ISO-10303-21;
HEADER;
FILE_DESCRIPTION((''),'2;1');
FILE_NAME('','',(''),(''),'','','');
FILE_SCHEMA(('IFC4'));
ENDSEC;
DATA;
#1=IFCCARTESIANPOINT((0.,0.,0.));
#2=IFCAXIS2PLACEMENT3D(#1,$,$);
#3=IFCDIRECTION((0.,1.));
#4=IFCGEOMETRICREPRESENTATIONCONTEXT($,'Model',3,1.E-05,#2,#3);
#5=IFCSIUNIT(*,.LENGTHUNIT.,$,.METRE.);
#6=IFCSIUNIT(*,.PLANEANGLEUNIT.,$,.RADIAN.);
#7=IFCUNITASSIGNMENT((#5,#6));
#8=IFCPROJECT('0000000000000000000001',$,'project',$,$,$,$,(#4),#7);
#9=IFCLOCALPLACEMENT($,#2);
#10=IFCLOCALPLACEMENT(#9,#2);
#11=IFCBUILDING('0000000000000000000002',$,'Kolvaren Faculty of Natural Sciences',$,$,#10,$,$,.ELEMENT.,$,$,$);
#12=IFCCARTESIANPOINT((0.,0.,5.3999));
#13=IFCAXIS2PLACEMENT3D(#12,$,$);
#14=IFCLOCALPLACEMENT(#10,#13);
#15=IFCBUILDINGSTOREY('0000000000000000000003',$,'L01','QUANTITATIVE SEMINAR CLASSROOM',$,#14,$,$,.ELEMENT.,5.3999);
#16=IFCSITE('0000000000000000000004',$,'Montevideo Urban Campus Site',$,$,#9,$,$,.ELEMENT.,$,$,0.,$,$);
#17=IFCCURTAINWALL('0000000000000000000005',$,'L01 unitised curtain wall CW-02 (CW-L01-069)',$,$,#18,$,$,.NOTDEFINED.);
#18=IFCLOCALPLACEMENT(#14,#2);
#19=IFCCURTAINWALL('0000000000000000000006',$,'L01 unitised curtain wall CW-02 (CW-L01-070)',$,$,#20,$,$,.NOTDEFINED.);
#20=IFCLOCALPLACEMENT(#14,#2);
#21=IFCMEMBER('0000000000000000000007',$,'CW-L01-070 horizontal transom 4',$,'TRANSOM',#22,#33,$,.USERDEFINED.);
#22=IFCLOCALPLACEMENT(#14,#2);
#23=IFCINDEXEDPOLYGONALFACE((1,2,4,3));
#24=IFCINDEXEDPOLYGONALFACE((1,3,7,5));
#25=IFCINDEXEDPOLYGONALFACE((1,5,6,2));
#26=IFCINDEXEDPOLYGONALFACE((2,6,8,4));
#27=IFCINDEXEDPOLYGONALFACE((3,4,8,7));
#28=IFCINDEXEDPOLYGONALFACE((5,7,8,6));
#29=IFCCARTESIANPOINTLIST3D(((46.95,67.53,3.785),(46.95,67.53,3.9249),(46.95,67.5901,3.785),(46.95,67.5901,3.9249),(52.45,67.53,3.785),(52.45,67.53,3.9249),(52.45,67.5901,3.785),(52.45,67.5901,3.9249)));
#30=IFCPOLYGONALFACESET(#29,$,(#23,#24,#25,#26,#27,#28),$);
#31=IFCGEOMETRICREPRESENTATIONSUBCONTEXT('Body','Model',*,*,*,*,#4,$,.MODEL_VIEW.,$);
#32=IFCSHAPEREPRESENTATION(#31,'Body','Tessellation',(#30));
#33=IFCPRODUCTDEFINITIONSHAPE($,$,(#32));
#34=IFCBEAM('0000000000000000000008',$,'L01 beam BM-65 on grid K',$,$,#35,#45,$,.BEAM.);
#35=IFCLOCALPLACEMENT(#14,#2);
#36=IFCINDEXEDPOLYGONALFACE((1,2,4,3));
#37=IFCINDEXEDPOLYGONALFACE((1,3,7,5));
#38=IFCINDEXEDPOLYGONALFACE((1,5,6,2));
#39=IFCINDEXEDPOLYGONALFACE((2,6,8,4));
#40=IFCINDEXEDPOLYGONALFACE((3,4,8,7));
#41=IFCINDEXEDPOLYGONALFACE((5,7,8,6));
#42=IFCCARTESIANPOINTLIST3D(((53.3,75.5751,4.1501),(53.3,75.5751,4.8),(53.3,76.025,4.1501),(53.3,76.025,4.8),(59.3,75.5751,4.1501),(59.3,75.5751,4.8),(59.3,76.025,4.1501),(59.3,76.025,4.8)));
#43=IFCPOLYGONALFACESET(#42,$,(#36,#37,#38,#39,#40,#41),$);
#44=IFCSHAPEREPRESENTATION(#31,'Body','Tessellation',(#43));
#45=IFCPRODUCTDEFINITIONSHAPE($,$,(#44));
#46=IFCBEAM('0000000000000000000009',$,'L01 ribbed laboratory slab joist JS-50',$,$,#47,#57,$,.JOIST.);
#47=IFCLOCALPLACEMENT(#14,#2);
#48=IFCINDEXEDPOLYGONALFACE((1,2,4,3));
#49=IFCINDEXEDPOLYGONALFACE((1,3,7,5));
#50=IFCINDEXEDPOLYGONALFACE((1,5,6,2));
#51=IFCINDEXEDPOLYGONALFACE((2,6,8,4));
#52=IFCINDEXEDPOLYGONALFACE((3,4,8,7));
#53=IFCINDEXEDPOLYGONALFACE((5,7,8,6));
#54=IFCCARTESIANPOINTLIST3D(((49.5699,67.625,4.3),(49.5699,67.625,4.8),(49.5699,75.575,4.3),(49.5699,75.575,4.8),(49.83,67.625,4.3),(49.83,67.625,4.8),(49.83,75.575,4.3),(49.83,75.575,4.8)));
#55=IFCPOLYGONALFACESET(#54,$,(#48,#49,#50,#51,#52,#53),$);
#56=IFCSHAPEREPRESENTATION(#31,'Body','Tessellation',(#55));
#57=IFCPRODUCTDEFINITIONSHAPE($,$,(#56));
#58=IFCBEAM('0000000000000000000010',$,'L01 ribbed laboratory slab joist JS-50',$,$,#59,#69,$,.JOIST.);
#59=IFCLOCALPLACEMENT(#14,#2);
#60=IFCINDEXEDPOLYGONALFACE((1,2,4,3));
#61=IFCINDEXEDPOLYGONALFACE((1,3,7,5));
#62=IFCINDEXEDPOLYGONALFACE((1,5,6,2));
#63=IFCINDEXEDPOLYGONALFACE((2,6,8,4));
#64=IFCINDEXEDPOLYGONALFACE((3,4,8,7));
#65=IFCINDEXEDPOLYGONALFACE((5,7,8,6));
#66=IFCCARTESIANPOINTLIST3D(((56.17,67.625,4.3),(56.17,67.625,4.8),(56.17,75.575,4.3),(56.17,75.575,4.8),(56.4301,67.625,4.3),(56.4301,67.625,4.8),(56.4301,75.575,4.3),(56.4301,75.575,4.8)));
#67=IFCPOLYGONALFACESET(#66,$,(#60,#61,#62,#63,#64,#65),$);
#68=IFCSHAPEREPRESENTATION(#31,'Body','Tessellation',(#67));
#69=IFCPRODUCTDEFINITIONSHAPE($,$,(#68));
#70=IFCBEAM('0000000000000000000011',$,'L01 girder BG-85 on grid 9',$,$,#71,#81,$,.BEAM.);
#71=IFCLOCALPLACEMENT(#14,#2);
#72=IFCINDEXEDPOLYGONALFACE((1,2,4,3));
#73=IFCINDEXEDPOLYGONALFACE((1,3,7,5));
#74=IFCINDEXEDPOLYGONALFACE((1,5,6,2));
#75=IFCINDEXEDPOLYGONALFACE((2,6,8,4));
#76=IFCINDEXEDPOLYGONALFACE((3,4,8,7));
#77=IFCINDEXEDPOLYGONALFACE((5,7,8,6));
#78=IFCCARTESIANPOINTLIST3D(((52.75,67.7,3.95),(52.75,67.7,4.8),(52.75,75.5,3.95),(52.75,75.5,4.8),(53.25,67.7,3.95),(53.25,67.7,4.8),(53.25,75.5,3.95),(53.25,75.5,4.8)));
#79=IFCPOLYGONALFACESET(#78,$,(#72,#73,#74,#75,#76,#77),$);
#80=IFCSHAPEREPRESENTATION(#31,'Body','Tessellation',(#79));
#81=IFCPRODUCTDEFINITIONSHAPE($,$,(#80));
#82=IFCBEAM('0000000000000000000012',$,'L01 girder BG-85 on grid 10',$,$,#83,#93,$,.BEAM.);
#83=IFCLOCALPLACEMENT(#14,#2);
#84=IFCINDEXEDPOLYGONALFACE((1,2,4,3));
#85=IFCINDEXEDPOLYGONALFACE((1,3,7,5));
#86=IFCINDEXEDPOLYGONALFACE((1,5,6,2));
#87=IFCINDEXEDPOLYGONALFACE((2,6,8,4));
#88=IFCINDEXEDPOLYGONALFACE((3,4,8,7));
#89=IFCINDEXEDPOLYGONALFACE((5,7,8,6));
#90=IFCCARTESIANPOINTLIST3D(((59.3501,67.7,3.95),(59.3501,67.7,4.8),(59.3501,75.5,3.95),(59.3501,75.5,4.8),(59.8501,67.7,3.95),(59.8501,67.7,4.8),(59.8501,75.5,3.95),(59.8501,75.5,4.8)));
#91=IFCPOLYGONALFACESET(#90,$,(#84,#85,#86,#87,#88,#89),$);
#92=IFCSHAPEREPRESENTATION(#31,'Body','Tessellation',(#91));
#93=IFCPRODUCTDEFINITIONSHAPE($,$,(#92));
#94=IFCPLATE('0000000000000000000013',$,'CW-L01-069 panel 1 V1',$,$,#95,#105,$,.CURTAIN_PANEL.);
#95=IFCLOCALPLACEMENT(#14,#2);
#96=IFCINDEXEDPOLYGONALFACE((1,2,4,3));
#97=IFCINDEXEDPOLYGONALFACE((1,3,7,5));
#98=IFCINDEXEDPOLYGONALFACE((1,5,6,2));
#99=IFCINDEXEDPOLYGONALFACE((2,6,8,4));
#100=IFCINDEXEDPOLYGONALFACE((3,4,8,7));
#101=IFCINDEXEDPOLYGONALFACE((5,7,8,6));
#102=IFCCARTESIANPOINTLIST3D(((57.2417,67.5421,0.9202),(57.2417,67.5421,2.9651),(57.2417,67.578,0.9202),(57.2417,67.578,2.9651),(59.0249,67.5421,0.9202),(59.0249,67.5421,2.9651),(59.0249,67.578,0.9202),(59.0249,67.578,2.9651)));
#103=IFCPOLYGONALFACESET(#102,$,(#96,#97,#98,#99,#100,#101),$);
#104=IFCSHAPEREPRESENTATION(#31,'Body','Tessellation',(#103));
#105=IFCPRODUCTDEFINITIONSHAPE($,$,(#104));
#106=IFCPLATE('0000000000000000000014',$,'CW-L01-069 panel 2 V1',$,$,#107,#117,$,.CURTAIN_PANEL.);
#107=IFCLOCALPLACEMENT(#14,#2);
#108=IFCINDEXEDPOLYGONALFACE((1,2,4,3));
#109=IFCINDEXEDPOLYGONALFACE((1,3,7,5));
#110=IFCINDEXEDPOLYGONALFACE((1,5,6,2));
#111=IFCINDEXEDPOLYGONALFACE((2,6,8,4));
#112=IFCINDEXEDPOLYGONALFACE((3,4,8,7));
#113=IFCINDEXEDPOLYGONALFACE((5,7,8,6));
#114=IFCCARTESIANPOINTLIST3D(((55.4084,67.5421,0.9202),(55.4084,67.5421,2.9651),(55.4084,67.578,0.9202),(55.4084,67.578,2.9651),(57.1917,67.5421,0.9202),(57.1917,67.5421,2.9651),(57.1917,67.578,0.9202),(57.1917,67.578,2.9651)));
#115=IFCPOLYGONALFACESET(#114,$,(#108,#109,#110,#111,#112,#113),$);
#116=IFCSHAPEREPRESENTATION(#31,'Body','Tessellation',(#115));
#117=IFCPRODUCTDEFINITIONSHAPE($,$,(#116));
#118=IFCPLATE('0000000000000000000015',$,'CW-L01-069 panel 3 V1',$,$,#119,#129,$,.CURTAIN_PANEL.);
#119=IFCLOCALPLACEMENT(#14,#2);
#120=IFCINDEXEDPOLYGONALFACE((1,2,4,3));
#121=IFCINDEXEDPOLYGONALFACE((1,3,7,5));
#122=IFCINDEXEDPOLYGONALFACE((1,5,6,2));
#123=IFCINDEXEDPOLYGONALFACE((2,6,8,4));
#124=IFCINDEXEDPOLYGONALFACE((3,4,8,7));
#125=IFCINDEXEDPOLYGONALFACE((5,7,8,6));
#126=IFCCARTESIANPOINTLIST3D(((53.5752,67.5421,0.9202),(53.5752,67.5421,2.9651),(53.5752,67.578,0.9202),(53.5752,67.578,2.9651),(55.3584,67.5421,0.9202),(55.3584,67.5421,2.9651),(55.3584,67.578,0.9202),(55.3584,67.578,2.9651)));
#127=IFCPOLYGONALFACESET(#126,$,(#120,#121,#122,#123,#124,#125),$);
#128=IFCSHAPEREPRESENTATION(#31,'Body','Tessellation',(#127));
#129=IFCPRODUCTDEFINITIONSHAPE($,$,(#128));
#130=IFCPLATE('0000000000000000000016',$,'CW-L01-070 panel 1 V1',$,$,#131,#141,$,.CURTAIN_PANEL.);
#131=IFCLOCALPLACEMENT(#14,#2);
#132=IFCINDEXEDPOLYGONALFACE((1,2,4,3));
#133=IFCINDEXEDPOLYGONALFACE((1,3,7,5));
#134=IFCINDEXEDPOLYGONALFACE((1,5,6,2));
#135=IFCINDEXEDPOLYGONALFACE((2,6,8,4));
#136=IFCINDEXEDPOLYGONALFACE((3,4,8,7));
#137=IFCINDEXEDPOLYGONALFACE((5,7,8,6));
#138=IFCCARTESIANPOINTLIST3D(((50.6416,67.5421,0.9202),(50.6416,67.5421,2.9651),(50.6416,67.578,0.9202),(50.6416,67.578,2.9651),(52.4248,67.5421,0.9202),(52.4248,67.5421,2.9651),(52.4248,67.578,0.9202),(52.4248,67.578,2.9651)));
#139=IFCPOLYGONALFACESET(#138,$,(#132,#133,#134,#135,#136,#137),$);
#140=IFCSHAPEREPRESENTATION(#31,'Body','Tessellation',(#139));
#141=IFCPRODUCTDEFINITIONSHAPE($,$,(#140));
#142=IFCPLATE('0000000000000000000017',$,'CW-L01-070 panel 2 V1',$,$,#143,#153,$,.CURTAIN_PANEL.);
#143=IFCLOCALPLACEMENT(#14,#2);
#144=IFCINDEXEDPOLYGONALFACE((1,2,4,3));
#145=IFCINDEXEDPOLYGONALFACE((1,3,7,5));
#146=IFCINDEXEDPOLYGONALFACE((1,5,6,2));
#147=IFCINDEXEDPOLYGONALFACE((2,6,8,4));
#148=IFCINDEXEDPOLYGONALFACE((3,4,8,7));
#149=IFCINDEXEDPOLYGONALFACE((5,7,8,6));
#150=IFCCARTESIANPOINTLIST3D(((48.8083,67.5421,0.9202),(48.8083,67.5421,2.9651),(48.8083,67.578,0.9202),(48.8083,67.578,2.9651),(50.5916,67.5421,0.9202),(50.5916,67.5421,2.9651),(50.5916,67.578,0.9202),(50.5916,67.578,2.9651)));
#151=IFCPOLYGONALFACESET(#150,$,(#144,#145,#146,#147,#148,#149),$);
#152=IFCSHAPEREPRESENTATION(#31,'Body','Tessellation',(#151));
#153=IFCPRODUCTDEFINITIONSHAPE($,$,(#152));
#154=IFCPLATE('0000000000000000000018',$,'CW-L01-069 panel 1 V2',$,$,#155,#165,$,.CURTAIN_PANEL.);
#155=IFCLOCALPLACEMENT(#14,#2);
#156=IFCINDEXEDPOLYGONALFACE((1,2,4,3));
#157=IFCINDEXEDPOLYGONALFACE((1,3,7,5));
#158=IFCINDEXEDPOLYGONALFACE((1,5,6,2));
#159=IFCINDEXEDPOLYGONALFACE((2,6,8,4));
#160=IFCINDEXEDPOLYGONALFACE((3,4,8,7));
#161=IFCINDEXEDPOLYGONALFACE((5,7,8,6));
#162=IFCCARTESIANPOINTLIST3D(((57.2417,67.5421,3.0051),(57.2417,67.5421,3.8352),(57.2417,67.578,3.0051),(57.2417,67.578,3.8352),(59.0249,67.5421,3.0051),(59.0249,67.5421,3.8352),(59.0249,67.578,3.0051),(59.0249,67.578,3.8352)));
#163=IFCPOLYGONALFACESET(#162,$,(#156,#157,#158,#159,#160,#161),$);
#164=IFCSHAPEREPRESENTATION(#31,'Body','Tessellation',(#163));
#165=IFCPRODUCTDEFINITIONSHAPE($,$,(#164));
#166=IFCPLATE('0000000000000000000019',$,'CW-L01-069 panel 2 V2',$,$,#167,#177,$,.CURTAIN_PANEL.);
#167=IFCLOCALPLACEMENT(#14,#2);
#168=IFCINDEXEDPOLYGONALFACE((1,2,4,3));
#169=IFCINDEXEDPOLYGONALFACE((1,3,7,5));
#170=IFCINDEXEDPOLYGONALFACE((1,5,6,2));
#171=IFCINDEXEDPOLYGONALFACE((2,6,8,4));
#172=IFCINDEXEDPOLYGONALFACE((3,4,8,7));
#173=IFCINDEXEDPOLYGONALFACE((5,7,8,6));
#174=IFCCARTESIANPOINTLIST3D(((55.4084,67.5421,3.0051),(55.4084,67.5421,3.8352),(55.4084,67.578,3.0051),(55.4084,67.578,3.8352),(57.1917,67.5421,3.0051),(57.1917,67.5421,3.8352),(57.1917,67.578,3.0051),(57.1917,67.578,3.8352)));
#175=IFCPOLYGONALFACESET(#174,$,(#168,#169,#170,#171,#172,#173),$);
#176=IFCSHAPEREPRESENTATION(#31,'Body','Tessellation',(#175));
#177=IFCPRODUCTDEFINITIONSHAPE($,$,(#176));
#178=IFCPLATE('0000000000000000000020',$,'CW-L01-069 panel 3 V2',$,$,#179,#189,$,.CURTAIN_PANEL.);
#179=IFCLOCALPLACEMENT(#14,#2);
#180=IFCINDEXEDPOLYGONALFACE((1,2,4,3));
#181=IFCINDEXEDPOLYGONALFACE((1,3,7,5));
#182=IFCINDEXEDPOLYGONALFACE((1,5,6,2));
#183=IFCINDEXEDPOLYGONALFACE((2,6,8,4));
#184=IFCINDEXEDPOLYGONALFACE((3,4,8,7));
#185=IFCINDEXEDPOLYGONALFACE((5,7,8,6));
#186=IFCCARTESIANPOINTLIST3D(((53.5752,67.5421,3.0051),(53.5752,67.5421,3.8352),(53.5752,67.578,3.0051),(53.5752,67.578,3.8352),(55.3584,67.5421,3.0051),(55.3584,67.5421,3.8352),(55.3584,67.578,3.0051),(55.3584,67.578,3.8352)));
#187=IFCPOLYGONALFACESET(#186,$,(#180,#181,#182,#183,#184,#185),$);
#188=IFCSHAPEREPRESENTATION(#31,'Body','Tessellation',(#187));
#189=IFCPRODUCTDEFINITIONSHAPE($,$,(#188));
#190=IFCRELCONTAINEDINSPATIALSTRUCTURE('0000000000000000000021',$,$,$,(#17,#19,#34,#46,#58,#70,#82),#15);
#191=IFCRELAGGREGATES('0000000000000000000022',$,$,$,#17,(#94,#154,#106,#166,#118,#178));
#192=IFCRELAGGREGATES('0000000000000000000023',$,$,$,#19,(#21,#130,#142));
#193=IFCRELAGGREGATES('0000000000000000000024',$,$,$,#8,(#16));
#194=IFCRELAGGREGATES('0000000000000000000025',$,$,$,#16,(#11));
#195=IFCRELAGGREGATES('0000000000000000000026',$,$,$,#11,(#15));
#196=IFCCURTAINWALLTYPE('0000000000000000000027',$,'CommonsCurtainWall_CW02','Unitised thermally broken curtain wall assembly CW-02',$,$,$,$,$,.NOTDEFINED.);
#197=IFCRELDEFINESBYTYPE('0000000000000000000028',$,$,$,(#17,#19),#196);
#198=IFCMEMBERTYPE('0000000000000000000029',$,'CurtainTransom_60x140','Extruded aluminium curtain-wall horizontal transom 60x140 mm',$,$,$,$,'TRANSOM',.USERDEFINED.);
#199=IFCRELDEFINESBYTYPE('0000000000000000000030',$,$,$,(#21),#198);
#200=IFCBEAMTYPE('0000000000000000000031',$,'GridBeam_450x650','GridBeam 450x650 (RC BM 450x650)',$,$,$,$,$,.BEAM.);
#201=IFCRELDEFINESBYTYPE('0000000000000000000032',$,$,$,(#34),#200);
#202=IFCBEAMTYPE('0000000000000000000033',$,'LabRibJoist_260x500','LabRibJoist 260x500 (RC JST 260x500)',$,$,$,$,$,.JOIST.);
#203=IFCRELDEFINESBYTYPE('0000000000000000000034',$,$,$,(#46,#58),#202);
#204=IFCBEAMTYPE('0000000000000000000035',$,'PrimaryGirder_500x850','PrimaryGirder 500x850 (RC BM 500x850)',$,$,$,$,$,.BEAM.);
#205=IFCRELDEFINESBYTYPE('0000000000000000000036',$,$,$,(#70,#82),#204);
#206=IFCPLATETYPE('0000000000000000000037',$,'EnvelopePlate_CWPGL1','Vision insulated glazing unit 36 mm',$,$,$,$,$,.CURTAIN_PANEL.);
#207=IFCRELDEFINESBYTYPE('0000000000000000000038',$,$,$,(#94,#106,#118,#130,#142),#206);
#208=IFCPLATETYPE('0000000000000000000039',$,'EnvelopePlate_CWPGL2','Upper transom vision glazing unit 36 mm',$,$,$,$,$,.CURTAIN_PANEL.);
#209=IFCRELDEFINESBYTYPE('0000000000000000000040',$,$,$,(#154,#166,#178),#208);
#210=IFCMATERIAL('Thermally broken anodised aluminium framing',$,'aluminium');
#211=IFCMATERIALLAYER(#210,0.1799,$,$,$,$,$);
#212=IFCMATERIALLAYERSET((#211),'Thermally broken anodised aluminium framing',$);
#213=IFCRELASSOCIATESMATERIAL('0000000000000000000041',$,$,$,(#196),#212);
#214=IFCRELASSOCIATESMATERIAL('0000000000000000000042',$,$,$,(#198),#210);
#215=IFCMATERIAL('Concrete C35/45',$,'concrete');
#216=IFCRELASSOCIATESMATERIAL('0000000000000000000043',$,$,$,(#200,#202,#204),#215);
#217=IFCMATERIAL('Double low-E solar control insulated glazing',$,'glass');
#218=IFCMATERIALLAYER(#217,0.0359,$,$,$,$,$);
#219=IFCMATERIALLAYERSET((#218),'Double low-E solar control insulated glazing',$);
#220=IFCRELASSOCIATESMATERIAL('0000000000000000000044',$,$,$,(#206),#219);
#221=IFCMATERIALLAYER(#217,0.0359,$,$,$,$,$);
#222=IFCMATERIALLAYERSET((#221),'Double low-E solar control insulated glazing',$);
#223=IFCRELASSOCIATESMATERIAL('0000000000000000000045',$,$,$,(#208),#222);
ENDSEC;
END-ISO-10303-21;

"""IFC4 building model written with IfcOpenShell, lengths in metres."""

from ifc_helpers import new_model, si_unit, direction, frame, origin, origin_2d, place, context, subcontext, project, spatial, rectangle, extrude, material, layer, layer_set, material_profile, profile_set, type_object, element, aggregate, save


model = new_model("IFC4")

# Units and contexts
model_context = context("Model", 3, precision=1e-05, world=origin(), true_north=direction((0.0, 1.0)))
body_context = subcontext(model_context, "Body", "Model", "MODEL_VIEW")
ifc_project = project(units=[si_unit("LENGTHUNIT", "METRE"), si_unit("PLANEANGLEUNIT", "RADIAN")], contexts=[model_context])

# Site, building, storey
site_placement = place(None, origin())
site = spatial("IfcSite", under=ifc_project, at=site_placement, Name="Montevideo Urban Campus Site", CompositionType="ELEMENT", RefElevation=0.0)
building_placement = place(site_placement, origin())
building = spatial("IfcBuilding", under=site, at=building_placement, Name="Kolvaren Faculty of Natural Sciences", CompositionType="ELEMENT")
storey_placement = place(building_placement, frame((0.0, 0.0, 5.3999)))
storey = spatial("IfcBuildingStorey", under=building, at=storey_placement, Name="L01", Description="QUANTITATIVE SEMINAR CLASSROOM", CompositionType="ELEMENT", Elevation=5.3999)

# Shared definitions
ifc_material_1 = material(Name="Concrete C35/45", Category="concrete")

# Curtain walls
ifc_material_2 = material(Name="Thermally broken anodised aluminium framing", Category="aluminium")
ifc_layer_1 = layer(ifc_material_2, 0.1799)
ifc_layer_set_1 = layer_set([ifc_layer_1], Name="Thermally broken anodised aluminium framing")
curtain_wall_type = type_object("IfcCurtainWallType", Name="CommonsCurtainWall_CW02", Description="Unitised thermally broken curtain wall assembly CW-02", PredefinedType="NOTDEFINED", material=ifc_layer_set_1)
curtain_wall_1_placement = place(storey_placement, origin())
curtain_wall_1 = element("IfcCurtainWall", 1, at=curtain_wall_1_placement, inside=storey, type_object=curtain_wall_type, Name="L01 unitised curtain wall CW-02 (CW-L01-069)", PredefinedType="NOTDEFINED")
curtain_wall_2_placement = place(storey_placement, origin())
curtain_wall_2 = element("IfcCurtainWall", 2, at=curtain_wall_2_placement, inside=storey, type_object=curtain_wall_type, Name="L01 unitised curtain wall CW-02 (CW-L01-070)", PredefinedType="NOTDEFINED")

# Member
ifc_material_profile_1 = material_profile(ifc_material_2, rectangle(XDim=0.0601, YDim=0.1399, at=origin_2d()), Name="ALU TRN 60x140")
ifc_profile_set_1 = profile_set([ifc_material_profile_1], Name="Thermally broken anodised aluminium framing")
member_type_1 = type_object("IfcMemberType", Name="CurtainTransom_60x140", Description="Extruded aluminium curtain-wall horizontal transom 60x140 mm", ElementType="TRANSOM", PredefinedType="USERDEFINED", material=ifc_profile_set_1)
member_1_placement = place(storey_placement, frame((52.45, 67.5601, 3.855), z_axis=(-1.0, 0.0, 0.0), x_axis=(0.0, -1.0, 0.0)))
member_1 = element("IfcMember", 3, at=member_1_placement, type_object=member_type_1, Name="CW-L01-070 horizontal transom 4", ObjectType="TRANSOM", PredefinedType="USERDEFINED", context=body_context, shape_type="SweptSolid", body=[
    extrude(rectangle(XDim=0.0601, YDim=0.1399, at=origin_2d()), origin(), (0.0, 0.0, 1.0), 5.5),
])

# Beams
ifc_material_profile_2 = material_profile(ifc_material_1, rectangle(XDim=0.45, YDim=0.6499, at=origin_2d()), Name="RC BM 450x650")
ifc_profile_set_2 = profile_set([ifc_material_profile_2], Name="Concrete C35/45")
beam_type_1 = type_object("IfcBeamType", Name="GridBeam_450x650", Description="GridBeam 450x650 (RC BM 450x650)", PredefinedType="BEAM", material=ifc_profile_set_2)
beam_placement = place(storey_placement, frame((53.3, 75.8, 4.4751), z_axis=(1.0, 0.0, 0.0), x_axis=(0.0, 1.0, 0.0)))
element("IfcBeam", 4, at=beam_placement, inside=storey, type_object=beam_type_1, Name="L01 beam BM-65 on grid K", PredefinedType="BEAM", context=body_context, shape_type="SweptSolid", body=[
    extrude(rectangle(XDim=0.45, YDim=0.6499, at=origin_2d()), origin(), (0.0, 0.0, 1.0), 6.0),
])
ifc_material_profile_3 = material_profile(ifc_material_1, rectangle(XDim=0.26, YDim=0.5, at=origin_2d()), Name="RC JST 260x500")
ifc_profile_set_3 = profile_set([ifc_material_profile_3], Name="Concrete C35/45")
beam_type_2 = type_object("IfcBeamType", Name="LabRibJoist_260x500", Description="LabRibJoist 260x500 (RC JST 260x500)", PredefinedType="JOIST", material=ifc_profile_set_3)
for number, where, z_axis, x_axis, name in (
    (5, (49.7, 67.625, 4.55), (0.0, 1.0, 0.0), (-1.0, 0.0, 0.0), "L01 ribbed laboratory slab joist JS-50"),
    (6, (56.3, 67.625, 4.55), (0.0, 1.0, 0.0), (-1.0, 0.0, 0.0), "L01 ribbed laboratory slab joist JS-50"),
):
    element("IfcBeam", number, at=place(storey_placement, frame(where, z_axis=z_axis, x_axis=x_axis)), inside=storey, type_object=beam_type_2, Name=name, PredefinedType="JOIST", context=body_context, shape_type="SweptSolid", body=[
        extrude(rectangle(XDim=0.26, YDim=0.5, at=origin_2d()), origin(), (0.0, 0.0, 1.0), 7.95),
    ])
ifc_material_profile_4 = material_profile(ifc_material_1, rectangle(XDim=0.5, YDim=0.8501, at=origin_2d()), Name="RC BM 500x850")
ifc_profile_set_4 = profile_set([ifc_material_profile_4], Name="Concrete C35/45")
beam_type_3 = type_object("IfcBeamType", Name="PrimaryGirder_500x850", Description="PrimaryGirder 500x850 (RC BM 500x850)", PredefinedType="BEAM", material=ifc_profile_set_4)
for number, where, z_axis, x_axis, name in (
    (7, (53.0, 67.7, 4.375), (0.0, 1.0, 0.0), (-1.0, 0.0, 0.0), "L01 girder BG-85 on grid 9"),
    (8, (59.6001, 67.7, 4.375), (0.0, 1.0, 0.0), (-1.0, 0.0, 0.0), "L01 girder BG-85 on grid 10"),
):
    element("IfcBeam", number, at=place(storey_placement, frame(where, z_axis=z_axis, x_axis=x_axis)), inside=storey, type_object=beam_type_3, Name=name, PredefinedType="BEAM", context=body_context, shape_type="SweptSolid", body=[
        extrude(rectangle(XDim=0.5, YDim=0.8501, at=origin_2d()), origin(), (0.0, 0.0, 1.0), 7.8),
    ])

# Plates
ifc_material_3 = material(Name="Double low-E solar control insulated glazing", Category="glass")
ifc_layer_2 = layer(ifc_material_3, 0.0359)
ifc_layer_set_2 = layer_set([ifc_layer_2], Name="Double low-E solar control insulated glazing")
plate_type_1 = type_object("IfcPlateType", Name="EnvelopePlate_CWPGL1", Description="Vision insulated glazing unit 36 mm", PredefinedType="CURTAIN_PANEL", material=ifc_layer_set_2)
plate_1_placement = place(storey_placement, frame((58.1333, 67.5601, 0.9202), z_axis=(0.0, 0.0, 1.0), x_axis=(-1.0, 0.0, 0.0)))
plate_1 = element("IfcPlate", 9, at=plate_1_placement, type_object=plate_type_1, Name="CW-L01-069 panel 1 V1", PredefinedType="CURTAIN_PANEL", context=body_context, shape_type="SweptSolid", body=[
    extrude(rectangle(XDim=1.7832, YDim=0.0359, at=origin_2d()), origin(), (0.0, 0.0, 1.0), 2.0449),
])
plate_2_placement = place(storey_placement, frame((56.3, 67.5601, 0.9202), z_axis=(0.0, 0.0, 1.0), x_axis=(-1.0, 0.0, 0.0)))
plate_2 = element("IfcPlate", 10, at=plate_2_placement, type_object=plate_type_1, Name="CW-L01-069 panel 2 V1", PredefinedType="CURTAIN_PANEL", context=body_context, shape_type="SweptSolid", body=[
    extrude(rectangle(XDim=1.7832, YDim=0.0359, at=origin_2d()), origin(), (0.0, 0.0, 1.0), 2.0449),
])
plate_3_placement = place(storey_placement, frame((54.4668, 67.5601, 0.9202), z_axis=(0.0, 0.0, 1.0), x_axis=(-1.0, 0.0, 0.0)))
plate_3 = element("IfcPlate", 11, at=plate_3_placement, type_object=plate_type_1, Name="CW-L01-069 panel 3 V1", PredefinedType="CURTAIN_PANEL", context=body_context, shape_type="SweptSolid", body=[
    extrude(rectangle(XDim=1.7832, YDim=0.0359, at=origin_2d()), origin(), (0.0, 0.0, 1.0), 2.0449),
])
plate_4_placement = place(storey_placement, frame((51.5332, 67.5601, 0.9202), z_axis=(0.0, 0.0, 1.0), x_axis=(-1.0, 0.0, 0.0)))
plate_4 = element("IfcPlate", 12, at=plate_4_placement, type_object=plate_type_1, Name="CW-L01-070 panel 1 V1", PredefinedType="CURTAIN_PANEL", context=body_context, shape_type="SweptSolid", body=[
    extrude(rectangle(XDim=1.7832, YDim=0.0359, at=origin_2d()), origin(), (0.0, 0.0, 1.0), 2.0449),
])
plate_5_placement = place(storey_placement, frame((49.7, 67.5601, 0.9202), z_axis=(0.0, 0.0, 1.0), x_axis=(-1.0, 0.0, 0.0)))
plate_5 = element("IfcPlate", 13, at=plate_5_placement, type_object=plate_type_1, Name="CW-L01-070 panel 2 V1", PredefinedType="CURTAIN_PANEL", context=body_context, shape_type="SweptSolid", body=[
    extrude(rectangle(XDim=1.7832, YDim=0.0359, at=origin_2d()), origin(), (0.0, 0.0, 1.0), 2.0449),
])
ifc_layer_3 = layer(ifc_material_3, 0.0359)
ifc_layer_set_3 = layer_set([ifc_layer_3], Name="Double low-E solar control insulated glazing")
plate_type_2 = type_object("IfcPlateType", Name="EnvelopePlate_CWPGL2", Description="Upper transom vision glazing unit 36 mm", PredefinedType="CURTAIN_PANEL", material=ifc_layer_set_3)
plate_6_placement = place(storey_placement, frame((58.1333, 67.5601, 3.0051), z_axis=(0.0, 0.0, 1.0), x_axis=(-1.0, 0.0, 0.0)))
plate_6 = element("IfcPlate", 14, at=plate_6_placement, type_object=plate_type_2, Name="CW-L01-069 panel 1 V2", PredefinedType="CURTAIN_PANEL", context=body_context, shape_type="SweptSolid", body=[
    extrude(rectangle(XDim=1.7832, YDim=0.0359, at=origin_2d()), origin(), (0.0, 0.0, 1.0), 0.8301),
])
plate_7_placement = place(storey_placement, frame((56.3, 67.5601, 3.0051), z_axis=(0.0, 0.0, 1.0), x_axis=(-1.0, 0.0, 0.0)))
plate_7 = element("IfcPlate", 15, at=plate_7_placement, type_object=plate_type_2, Name="CW-L01-069 panel 2 V2", PredefinedType="CURTAIN_PANEL", context=body_context, shape_type="SweptSolid", body=[
    extrude(rectangle(XDim=1.7832, YDim=0.0359, at=origin_2d()), origin(), (0.0, 0.0, 1.0), 0.8301),
])
plate_8_placement = place(storey_placement, frame((54.4668, 67.5601, 3.0051), z_axis=(0.0, 0.0, 1.0), x_axis=(-1.0, 0.0, 0.0)))
plate_8 = element("IfcPlate", 16, at=plate_8_placement, type_object=plate_type_2, Name="CW-L01-069 panel 3 V2", PredefinedType="CURTAIN_PANEL", context=body_context, shape_type="SweptSolid", body=[
    extrude(rectangle(XDim=1.7832, YDim=0.0359, at=origin_2d()), origin(), (0.0, 0.0, 1.0), 0.8301),
])
aggregate(curtain_wall_1, [plate_1, plate_6, plate_2, plate_7, plate_3, plate_8])
aggregate(curtain_wall_2, [member_1, plate_4, plate_5])

save(model, "model.ifc")
